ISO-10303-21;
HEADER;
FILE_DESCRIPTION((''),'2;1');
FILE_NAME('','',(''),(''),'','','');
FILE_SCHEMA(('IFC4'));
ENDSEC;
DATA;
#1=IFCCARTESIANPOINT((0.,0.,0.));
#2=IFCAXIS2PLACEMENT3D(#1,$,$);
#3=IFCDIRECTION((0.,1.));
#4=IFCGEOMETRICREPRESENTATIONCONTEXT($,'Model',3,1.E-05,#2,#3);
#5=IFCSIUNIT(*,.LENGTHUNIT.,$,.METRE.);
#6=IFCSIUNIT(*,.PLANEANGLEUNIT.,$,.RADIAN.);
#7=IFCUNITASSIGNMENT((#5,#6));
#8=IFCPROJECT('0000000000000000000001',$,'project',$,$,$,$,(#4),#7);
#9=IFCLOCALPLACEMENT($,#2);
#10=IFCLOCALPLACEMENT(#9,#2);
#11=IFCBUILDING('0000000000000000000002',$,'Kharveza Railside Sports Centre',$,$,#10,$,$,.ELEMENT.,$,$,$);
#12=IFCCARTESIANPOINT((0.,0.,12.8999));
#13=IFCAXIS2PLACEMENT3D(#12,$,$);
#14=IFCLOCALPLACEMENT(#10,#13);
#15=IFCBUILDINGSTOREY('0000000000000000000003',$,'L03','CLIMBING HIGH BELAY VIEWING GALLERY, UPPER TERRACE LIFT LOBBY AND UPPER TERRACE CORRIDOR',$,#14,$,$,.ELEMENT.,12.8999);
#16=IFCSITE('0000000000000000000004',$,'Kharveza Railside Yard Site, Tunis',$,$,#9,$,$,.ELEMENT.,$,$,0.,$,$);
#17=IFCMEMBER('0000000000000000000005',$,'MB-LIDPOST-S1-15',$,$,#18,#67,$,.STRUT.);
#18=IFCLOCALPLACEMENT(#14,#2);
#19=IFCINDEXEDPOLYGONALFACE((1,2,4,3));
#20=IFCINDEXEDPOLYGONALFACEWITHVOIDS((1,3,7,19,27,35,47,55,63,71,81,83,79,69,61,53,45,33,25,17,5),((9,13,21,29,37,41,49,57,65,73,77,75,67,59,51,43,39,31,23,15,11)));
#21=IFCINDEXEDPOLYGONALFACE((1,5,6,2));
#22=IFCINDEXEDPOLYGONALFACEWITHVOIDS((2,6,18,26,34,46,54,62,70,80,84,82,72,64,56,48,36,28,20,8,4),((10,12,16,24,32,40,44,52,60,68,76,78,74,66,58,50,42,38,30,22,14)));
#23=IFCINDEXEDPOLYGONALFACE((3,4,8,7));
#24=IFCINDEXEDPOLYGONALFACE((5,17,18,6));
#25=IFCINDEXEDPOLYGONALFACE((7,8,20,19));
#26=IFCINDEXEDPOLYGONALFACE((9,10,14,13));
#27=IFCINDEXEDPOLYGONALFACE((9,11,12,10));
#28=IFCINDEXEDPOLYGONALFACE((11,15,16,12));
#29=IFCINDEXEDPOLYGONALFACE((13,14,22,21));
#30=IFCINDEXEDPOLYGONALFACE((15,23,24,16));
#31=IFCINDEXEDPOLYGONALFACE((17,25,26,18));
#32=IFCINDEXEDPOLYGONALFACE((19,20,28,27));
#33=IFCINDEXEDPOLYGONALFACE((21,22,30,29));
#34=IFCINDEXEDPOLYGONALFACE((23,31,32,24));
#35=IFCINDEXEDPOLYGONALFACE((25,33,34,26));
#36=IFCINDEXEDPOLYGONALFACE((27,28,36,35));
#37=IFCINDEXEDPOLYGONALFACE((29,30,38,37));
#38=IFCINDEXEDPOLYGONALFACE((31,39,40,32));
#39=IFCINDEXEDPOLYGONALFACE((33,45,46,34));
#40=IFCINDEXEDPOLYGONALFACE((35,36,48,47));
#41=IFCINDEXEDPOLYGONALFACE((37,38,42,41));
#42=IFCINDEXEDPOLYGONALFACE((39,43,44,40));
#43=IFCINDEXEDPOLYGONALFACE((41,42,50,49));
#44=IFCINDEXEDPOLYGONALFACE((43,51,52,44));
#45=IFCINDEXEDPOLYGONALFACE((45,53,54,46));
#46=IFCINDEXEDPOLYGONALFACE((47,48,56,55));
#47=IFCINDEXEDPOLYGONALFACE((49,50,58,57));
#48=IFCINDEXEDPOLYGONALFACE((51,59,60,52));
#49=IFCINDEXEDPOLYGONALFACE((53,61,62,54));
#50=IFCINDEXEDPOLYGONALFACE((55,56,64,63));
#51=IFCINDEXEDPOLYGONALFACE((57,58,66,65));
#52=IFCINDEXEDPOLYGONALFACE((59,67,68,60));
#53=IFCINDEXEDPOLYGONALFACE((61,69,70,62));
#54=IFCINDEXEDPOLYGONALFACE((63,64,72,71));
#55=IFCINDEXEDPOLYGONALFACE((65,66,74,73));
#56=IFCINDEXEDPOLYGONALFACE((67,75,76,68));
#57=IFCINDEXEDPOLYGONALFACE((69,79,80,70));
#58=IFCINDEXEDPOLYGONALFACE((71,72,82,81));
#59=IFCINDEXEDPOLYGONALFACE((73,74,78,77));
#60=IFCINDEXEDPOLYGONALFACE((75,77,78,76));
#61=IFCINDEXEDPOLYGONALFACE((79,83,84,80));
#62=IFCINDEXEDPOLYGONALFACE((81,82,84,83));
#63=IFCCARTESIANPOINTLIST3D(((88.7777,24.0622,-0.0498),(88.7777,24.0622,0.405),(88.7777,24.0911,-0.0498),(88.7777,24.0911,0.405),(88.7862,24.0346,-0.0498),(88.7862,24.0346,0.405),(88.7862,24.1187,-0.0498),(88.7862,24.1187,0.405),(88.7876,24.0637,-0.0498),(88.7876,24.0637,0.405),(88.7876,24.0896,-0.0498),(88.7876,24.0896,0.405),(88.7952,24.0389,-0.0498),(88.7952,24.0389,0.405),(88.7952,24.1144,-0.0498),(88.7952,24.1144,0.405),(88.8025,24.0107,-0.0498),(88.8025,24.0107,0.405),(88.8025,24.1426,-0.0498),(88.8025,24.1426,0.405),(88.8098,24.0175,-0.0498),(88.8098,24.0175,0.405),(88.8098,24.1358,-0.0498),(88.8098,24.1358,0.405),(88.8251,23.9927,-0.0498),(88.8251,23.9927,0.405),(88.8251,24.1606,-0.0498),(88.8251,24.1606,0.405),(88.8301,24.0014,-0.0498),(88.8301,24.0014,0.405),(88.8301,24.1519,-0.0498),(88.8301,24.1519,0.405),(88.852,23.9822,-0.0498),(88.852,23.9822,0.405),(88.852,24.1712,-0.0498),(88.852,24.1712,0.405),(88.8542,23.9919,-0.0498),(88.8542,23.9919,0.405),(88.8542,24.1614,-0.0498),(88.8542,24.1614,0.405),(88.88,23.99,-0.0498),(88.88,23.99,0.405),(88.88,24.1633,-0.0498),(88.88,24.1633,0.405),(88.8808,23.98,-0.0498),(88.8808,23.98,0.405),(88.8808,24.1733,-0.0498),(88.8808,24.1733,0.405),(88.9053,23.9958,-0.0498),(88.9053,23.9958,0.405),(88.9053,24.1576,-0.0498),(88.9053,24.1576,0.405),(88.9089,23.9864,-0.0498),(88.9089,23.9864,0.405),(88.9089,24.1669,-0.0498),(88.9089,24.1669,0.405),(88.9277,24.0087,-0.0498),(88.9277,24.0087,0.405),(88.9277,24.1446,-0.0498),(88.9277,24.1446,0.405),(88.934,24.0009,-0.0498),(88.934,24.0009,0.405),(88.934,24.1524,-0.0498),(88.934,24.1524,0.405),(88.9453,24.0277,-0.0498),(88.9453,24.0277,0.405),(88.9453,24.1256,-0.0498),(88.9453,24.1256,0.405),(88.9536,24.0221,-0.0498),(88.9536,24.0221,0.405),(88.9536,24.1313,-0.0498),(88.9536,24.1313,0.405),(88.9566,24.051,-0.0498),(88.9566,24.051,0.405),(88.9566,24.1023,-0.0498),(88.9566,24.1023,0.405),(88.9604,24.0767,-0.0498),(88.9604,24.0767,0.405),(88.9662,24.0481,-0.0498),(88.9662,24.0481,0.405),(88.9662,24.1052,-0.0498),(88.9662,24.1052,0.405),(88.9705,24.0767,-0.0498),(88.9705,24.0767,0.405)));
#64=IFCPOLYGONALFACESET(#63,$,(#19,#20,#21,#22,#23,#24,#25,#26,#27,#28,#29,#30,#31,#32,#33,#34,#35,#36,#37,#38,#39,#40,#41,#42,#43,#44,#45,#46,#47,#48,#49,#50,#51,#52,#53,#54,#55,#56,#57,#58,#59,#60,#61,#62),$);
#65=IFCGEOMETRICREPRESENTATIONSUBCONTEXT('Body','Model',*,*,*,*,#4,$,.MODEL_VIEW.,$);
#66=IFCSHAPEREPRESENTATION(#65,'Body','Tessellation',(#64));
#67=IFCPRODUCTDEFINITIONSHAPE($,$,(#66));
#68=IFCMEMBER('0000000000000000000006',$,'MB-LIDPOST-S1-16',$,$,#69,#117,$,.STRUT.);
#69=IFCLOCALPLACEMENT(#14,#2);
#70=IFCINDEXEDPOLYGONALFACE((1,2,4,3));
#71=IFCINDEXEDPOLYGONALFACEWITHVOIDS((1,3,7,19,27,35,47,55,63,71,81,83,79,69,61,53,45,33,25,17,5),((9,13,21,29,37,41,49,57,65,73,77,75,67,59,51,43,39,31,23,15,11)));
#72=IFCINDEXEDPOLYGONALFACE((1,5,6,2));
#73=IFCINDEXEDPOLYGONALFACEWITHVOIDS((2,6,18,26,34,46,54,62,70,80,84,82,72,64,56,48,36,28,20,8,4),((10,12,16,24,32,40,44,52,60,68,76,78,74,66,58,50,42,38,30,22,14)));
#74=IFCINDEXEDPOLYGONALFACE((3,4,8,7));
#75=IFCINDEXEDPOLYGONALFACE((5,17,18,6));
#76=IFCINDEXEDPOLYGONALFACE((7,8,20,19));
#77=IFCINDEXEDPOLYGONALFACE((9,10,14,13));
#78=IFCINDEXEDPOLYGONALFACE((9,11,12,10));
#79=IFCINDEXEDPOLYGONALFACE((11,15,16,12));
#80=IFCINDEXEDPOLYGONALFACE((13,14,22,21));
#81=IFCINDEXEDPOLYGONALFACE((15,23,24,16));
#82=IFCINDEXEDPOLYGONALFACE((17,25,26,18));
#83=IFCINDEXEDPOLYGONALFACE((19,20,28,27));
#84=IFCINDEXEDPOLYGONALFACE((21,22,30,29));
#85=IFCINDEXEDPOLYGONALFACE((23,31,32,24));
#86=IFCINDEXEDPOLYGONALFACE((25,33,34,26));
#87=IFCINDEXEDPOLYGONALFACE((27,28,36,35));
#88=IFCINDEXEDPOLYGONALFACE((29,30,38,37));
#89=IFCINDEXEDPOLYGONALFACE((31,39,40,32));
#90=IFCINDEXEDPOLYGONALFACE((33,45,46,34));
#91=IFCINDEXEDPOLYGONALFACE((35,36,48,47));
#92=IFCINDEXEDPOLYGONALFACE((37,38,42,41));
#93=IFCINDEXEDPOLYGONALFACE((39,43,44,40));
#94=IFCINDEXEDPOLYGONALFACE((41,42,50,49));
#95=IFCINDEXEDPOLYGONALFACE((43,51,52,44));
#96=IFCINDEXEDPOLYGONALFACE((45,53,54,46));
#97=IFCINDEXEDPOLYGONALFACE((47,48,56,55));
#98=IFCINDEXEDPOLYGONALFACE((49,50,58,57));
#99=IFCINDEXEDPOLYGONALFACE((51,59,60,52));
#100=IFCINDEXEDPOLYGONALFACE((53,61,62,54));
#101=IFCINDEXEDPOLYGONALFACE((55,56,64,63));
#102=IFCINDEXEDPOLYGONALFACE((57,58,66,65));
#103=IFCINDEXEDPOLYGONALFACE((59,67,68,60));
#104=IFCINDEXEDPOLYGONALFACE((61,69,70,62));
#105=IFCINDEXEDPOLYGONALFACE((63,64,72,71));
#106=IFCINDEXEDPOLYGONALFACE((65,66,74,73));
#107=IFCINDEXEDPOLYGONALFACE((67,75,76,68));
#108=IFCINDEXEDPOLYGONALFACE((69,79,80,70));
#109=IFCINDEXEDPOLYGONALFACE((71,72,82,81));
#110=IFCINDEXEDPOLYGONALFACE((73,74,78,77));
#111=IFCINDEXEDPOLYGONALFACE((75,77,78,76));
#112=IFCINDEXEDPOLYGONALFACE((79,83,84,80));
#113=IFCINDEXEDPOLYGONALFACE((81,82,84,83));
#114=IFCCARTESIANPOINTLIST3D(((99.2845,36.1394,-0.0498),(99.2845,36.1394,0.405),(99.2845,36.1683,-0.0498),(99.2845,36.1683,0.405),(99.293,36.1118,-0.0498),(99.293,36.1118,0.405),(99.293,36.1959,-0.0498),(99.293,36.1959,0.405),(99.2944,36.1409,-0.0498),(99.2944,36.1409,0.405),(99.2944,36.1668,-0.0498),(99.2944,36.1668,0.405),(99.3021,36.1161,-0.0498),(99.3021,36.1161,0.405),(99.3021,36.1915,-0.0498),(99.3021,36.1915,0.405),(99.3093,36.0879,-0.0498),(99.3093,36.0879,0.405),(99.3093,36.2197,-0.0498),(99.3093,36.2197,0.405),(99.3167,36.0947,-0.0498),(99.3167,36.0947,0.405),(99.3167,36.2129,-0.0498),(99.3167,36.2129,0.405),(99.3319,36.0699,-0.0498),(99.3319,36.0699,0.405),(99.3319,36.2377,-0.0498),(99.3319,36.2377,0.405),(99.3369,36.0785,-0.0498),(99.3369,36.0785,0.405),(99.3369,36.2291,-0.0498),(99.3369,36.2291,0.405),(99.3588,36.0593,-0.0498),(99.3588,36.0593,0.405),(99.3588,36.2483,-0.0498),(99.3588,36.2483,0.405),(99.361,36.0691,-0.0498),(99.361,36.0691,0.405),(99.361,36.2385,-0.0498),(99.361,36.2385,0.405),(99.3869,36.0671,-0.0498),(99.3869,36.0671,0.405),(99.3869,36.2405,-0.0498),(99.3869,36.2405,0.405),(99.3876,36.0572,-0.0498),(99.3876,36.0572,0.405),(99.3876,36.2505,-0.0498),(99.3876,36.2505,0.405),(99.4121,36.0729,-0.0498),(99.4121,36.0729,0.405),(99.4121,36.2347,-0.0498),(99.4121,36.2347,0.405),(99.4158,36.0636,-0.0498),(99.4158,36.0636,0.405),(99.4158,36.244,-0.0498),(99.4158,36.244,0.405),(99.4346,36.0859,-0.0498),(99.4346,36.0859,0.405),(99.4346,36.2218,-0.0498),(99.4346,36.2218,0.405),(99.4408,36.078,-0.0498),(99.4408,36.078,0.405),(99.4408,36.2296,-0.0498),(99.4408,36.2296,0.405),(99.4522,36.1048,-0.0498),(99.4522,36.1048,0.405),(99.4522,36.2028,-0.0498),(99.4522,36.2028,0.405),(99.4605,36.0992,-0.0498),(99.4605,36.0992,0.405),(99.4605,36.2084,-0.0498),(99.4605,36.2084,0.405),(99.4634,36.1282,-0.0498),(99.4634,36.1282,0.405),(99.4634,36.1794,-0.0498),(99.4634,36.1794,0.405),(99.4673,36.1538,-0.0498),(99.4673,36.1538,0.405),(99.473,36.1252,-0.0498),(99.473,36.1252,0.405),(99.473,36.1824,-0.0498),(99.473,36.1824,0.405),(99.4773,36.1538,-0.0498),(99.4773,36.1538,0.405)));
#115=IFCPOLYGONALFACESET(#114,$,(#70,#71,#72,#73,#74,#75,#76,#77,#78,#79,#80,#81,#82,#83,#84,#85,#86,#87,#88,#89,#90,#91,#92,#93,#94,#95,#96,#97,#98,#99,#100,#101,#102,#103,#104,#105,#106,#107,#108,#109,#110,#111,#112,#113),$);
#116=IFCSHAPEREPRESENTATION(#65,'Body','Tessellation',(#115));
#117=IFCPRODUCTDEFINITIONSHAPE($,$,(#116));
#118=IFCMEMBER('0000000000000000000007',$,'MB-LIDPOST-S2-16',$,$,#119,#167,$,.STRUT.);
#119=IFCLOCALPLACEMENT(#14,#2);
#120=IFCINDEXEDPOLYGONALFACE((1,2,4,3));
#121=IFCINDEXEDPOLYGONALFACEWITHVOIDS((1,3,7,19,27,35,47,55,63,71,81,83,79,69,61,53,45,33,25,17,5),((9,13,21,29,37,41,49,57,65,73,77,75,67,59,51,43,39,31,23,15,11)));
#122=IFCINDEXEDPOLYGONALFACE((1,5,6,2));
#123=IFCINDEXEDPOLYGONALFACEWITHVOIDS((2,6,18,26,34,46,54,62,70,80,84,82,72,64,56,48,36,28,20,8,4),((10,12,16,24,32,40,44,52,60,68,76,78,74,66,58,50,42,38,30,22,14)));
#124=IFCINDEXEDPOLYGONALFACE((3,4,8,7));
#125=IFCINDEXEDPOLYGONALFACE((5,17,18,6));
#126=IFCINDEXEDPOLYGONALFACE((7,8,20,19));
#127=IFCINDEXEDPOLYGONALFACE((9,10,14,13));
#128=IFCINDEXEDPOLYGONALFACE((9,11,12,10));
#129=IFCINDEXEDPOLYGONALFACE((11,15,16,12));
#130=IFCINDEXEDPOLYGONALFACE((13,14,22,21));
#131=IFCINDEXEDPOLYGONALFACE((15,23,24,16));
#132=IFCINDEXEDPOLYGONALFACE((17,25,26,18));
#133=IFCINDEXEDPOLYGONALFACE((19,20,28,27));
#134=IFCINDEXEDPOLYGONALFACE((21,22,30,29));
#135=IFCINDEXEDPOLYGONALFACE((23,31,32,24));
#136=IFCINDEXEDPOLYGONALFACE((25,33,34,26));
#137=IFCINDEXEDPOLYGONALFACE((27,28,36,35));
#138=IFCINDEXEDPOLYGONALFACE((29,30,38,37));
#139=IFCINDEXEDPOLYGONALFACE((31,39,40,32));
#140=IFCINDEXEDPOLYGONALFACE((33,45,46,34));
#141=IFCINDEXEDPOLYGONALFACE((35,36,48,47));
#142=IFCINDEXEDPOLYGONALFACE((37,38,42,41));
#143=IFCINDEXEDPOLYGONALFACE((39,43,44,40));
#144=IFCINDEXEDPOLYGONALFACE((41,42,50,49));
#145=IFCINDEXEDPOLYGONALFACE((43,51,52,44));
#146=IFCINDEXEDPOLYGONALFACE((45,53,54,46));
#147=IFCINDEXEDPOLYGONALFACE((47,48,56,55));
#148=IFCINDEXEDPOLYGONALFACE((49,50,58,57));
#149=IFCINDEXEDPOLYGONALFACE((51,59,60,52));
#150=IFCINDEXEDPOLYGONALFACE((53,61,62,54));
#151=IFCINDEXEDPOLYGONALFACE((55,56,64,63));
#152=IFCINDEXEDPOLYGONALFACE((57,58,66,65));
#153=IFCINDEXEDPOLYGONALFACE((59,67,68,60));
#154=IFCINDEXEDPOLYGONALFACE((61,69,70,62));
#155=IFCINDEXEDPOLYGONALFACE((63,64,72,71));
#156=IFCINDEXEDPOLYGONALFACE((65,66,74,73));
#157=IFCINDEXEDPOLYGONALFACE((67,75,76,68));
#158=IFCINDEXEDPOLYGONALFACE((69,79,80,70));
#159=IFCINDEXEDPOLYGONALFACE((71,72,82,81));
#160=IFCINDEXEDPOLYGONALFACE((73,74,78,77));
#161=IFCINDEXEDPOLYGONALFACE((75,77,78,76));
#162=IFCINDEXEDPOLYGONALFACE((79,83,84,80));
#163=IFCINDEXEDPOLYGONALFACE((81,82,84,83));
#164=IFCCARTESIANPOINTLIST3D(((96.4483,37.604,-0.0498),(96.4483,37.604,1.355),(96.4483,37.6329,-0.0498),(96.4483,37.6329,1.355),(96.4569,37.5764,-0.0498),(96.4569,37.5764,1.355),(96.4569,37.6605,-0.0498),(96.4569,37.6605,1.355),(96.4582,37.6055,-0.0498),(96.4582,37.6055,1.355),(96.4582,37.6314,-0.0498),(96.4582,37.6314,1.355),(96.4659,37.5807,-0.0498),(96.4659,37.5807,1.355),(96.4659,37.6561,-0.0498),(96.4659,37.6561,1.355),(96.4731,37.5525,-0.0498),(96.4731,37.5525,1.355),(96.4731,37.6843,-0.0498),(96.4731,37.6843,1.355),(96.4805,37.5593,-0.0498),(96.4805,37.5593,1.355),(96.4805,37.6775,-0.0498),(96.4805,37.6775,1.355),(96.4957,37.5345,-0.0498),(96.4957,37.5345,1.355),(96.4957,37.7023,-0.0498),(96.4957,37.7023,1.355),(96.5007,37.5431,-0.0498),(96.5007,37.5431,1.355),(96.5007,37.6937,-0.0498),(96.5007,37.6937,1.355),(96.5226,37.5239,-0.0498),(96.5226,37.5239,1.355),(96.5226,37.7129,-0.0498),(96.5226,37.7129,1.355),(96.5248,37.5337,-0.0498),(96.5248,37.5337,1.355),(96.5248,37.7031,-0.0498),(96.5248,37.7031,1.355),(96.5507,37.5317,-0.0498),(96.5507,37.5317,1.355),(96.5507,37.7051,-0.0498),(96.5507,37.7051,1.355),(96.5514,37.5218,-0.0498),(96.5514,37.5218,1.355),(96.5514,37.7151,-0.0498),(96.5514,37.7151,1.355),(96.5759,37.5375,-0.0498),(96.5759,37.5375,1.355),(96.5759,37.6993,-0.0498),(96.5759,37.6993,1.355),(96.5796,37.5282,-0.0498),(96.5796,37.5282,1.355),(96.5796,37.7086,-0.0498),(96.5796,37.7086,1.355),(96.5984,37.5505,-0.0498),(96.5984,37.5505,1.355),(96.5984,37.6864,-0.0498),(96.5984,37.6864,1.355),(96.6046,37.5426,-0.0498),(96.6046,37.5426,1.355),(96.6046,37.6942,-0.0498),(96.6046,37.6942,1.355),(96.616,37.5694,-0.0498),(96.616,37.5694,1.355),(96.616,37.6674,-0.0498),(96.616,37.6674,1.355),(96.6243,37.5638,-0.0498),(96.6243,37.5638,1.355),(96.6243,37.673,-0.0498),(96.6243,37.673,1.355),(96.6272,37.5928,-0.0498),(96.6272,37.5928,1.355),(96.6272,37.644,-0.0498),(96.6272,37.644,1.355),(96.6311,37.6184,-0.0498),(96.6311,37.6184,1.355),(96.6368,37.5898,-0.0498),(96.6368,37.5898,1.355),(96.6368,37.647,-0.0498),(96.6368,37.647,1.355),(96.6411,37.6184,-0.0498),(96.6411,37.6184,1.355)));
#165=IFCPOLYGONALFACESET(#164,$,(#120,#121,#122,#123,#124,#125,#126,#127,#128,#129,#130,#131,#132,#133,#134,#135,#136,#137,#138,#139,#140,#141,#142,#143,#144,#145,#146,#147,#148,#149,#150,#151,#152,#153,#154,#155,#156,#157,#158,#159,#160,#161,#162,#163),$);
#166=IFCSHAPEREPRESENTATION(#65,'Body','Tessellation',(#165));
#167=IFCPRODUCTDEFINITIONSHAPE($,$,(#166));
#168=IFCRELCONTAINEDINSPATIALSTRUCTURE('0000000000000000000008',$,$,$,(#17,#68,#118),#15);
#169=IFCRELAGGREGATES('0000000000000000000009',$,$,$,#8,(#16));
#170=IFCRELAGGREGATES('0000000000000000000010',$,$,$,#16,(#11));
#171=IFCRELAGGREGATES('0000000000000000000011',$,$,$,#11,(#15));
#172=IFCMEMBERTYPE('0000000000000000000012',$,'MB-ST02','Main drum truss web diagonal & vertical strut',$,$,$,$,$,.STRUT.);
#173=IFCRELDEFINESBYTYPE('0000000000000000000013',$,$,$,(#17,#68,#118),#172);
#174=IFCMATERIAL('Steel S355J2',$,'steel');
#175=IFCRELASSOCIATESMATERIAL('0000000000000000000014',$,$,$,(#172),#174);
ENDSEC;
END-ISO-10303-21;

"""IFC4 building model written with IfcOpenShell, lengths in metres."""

from ifc_helpers import new_model, si_unit, direction, frame, origin, origin_2d, place, context, subcontext, project, spatial, hollow_circle, extrude, material, material_profile, profile_set, type_object, element, save


model = new_model("IFC4")

# Units and contexts
model_context = context("Model", 3, precision=1e-05, world=origin(), true_north=direction((0.0, 1.0)))
body_context = subcontext(model_context, "Body", "Model", "MODEL_VIEW")
ifc_project = project(units=[si_unit("LENGTHUNIT", "METRE"), si_unit("PLANEANGLEUNIT", "RADIAN")], contexts=[model_context])

# Site, building, storey
site_placement = place(None, origin())
site = spatial("IfcSite", under=ifc_project, at=site_placement, Name="Kharveza Railside Yard Site, Tunis", CompositionType="ELEMENT", RefElevation=0.0)
building_placement = place(site_placement, origin())
building = spatial("IfcBuilding", under=site, at=building_placement, Name="Kharveza Railside Sports Centre", CompositionType="ELEMENT")
storey_placement = place(building_placement, frame((0.0, 0.0, 12.8999)))
storey = spatial("IfcBuildingStorey", under=building, at=storey_placement, Name="L03", Description="CLIMBING HIGH BELAY VIEWING GALLERY, UPPER TERRACE LIFT LOBBY AND UPPER TERRACE CORRIDOR", CompositionType="ELEMENT", Elevation=12.8999)

# Shared definitions
ifc_material_1 = material(Name="Steel S355J2", Category="steel")

# Members
ifc_material_profile_1 = material_profile(ifc_material_1, hollow_circle(Radius=0.0969, WallThickness=0.01, at=origin_2d()), Name="CHS 193.7x10.0")
ifc_profile_set_1 = profile_set([ifc_material_profile_1], Name="Steel S355J2")
member_type_1 = type_object("IfcMemberType", Name="MB-ST02", Description="Main drum truss web diagonal & vertical strut", PredefinedType="STRUT", material=ifc_profile_set_1)
for number, where, z_axis, x_axis, name in (
    (1, (88.8735, 24.0767, -0.0498), (0.0, 0.0, 1.0), (1.0, 0.0, 0.0), "MB-LIDPOST-S1-15"),
    (2, (99.3804, 36.1538, -0.0498), (0.0, 0.0, 1.0), (1.0, 0.0, 0.0), "MB-LIDPOST-S1-16"),
):
    element("IfcMember", number, at=place(storey_placement, frame(where, z_axis=z_axis, x_axis=x_axis)), inside=storey, type_object=member_type_1, Name=name, PredefinedType="STRUT", context=body_context, shape_type="SweptSolid", body=[
        extrude(hollow_circle(Radius=0.0969, WallThickness=0.01, at=origin_2d()), origin(), (0.0, 0.0, 1.0), 0.4548),
    ])
member_1_placement = place(storey_placement, frame((96.5442, 37.6184, -0.0498), z_axis=(0.0, 0.0, 1.0), x_axis=(1.0, 0.0, 0.0)))
element("IfcMember", 3, at=member_1_placement, inside=storey, type_object=member_type_1, Name="MB-LIDPOST-S2-16", PredefinedType="STRUT", context=body_context, shape_type="SweptSolid", body=[
    extrude(hollow_circle(Radius=0.0969, WallThickness=0.01, at=origin_2d()), origin(), (0.0, 0.0, 1.0), 1.4048),
])

save(model, "model.ifc")
